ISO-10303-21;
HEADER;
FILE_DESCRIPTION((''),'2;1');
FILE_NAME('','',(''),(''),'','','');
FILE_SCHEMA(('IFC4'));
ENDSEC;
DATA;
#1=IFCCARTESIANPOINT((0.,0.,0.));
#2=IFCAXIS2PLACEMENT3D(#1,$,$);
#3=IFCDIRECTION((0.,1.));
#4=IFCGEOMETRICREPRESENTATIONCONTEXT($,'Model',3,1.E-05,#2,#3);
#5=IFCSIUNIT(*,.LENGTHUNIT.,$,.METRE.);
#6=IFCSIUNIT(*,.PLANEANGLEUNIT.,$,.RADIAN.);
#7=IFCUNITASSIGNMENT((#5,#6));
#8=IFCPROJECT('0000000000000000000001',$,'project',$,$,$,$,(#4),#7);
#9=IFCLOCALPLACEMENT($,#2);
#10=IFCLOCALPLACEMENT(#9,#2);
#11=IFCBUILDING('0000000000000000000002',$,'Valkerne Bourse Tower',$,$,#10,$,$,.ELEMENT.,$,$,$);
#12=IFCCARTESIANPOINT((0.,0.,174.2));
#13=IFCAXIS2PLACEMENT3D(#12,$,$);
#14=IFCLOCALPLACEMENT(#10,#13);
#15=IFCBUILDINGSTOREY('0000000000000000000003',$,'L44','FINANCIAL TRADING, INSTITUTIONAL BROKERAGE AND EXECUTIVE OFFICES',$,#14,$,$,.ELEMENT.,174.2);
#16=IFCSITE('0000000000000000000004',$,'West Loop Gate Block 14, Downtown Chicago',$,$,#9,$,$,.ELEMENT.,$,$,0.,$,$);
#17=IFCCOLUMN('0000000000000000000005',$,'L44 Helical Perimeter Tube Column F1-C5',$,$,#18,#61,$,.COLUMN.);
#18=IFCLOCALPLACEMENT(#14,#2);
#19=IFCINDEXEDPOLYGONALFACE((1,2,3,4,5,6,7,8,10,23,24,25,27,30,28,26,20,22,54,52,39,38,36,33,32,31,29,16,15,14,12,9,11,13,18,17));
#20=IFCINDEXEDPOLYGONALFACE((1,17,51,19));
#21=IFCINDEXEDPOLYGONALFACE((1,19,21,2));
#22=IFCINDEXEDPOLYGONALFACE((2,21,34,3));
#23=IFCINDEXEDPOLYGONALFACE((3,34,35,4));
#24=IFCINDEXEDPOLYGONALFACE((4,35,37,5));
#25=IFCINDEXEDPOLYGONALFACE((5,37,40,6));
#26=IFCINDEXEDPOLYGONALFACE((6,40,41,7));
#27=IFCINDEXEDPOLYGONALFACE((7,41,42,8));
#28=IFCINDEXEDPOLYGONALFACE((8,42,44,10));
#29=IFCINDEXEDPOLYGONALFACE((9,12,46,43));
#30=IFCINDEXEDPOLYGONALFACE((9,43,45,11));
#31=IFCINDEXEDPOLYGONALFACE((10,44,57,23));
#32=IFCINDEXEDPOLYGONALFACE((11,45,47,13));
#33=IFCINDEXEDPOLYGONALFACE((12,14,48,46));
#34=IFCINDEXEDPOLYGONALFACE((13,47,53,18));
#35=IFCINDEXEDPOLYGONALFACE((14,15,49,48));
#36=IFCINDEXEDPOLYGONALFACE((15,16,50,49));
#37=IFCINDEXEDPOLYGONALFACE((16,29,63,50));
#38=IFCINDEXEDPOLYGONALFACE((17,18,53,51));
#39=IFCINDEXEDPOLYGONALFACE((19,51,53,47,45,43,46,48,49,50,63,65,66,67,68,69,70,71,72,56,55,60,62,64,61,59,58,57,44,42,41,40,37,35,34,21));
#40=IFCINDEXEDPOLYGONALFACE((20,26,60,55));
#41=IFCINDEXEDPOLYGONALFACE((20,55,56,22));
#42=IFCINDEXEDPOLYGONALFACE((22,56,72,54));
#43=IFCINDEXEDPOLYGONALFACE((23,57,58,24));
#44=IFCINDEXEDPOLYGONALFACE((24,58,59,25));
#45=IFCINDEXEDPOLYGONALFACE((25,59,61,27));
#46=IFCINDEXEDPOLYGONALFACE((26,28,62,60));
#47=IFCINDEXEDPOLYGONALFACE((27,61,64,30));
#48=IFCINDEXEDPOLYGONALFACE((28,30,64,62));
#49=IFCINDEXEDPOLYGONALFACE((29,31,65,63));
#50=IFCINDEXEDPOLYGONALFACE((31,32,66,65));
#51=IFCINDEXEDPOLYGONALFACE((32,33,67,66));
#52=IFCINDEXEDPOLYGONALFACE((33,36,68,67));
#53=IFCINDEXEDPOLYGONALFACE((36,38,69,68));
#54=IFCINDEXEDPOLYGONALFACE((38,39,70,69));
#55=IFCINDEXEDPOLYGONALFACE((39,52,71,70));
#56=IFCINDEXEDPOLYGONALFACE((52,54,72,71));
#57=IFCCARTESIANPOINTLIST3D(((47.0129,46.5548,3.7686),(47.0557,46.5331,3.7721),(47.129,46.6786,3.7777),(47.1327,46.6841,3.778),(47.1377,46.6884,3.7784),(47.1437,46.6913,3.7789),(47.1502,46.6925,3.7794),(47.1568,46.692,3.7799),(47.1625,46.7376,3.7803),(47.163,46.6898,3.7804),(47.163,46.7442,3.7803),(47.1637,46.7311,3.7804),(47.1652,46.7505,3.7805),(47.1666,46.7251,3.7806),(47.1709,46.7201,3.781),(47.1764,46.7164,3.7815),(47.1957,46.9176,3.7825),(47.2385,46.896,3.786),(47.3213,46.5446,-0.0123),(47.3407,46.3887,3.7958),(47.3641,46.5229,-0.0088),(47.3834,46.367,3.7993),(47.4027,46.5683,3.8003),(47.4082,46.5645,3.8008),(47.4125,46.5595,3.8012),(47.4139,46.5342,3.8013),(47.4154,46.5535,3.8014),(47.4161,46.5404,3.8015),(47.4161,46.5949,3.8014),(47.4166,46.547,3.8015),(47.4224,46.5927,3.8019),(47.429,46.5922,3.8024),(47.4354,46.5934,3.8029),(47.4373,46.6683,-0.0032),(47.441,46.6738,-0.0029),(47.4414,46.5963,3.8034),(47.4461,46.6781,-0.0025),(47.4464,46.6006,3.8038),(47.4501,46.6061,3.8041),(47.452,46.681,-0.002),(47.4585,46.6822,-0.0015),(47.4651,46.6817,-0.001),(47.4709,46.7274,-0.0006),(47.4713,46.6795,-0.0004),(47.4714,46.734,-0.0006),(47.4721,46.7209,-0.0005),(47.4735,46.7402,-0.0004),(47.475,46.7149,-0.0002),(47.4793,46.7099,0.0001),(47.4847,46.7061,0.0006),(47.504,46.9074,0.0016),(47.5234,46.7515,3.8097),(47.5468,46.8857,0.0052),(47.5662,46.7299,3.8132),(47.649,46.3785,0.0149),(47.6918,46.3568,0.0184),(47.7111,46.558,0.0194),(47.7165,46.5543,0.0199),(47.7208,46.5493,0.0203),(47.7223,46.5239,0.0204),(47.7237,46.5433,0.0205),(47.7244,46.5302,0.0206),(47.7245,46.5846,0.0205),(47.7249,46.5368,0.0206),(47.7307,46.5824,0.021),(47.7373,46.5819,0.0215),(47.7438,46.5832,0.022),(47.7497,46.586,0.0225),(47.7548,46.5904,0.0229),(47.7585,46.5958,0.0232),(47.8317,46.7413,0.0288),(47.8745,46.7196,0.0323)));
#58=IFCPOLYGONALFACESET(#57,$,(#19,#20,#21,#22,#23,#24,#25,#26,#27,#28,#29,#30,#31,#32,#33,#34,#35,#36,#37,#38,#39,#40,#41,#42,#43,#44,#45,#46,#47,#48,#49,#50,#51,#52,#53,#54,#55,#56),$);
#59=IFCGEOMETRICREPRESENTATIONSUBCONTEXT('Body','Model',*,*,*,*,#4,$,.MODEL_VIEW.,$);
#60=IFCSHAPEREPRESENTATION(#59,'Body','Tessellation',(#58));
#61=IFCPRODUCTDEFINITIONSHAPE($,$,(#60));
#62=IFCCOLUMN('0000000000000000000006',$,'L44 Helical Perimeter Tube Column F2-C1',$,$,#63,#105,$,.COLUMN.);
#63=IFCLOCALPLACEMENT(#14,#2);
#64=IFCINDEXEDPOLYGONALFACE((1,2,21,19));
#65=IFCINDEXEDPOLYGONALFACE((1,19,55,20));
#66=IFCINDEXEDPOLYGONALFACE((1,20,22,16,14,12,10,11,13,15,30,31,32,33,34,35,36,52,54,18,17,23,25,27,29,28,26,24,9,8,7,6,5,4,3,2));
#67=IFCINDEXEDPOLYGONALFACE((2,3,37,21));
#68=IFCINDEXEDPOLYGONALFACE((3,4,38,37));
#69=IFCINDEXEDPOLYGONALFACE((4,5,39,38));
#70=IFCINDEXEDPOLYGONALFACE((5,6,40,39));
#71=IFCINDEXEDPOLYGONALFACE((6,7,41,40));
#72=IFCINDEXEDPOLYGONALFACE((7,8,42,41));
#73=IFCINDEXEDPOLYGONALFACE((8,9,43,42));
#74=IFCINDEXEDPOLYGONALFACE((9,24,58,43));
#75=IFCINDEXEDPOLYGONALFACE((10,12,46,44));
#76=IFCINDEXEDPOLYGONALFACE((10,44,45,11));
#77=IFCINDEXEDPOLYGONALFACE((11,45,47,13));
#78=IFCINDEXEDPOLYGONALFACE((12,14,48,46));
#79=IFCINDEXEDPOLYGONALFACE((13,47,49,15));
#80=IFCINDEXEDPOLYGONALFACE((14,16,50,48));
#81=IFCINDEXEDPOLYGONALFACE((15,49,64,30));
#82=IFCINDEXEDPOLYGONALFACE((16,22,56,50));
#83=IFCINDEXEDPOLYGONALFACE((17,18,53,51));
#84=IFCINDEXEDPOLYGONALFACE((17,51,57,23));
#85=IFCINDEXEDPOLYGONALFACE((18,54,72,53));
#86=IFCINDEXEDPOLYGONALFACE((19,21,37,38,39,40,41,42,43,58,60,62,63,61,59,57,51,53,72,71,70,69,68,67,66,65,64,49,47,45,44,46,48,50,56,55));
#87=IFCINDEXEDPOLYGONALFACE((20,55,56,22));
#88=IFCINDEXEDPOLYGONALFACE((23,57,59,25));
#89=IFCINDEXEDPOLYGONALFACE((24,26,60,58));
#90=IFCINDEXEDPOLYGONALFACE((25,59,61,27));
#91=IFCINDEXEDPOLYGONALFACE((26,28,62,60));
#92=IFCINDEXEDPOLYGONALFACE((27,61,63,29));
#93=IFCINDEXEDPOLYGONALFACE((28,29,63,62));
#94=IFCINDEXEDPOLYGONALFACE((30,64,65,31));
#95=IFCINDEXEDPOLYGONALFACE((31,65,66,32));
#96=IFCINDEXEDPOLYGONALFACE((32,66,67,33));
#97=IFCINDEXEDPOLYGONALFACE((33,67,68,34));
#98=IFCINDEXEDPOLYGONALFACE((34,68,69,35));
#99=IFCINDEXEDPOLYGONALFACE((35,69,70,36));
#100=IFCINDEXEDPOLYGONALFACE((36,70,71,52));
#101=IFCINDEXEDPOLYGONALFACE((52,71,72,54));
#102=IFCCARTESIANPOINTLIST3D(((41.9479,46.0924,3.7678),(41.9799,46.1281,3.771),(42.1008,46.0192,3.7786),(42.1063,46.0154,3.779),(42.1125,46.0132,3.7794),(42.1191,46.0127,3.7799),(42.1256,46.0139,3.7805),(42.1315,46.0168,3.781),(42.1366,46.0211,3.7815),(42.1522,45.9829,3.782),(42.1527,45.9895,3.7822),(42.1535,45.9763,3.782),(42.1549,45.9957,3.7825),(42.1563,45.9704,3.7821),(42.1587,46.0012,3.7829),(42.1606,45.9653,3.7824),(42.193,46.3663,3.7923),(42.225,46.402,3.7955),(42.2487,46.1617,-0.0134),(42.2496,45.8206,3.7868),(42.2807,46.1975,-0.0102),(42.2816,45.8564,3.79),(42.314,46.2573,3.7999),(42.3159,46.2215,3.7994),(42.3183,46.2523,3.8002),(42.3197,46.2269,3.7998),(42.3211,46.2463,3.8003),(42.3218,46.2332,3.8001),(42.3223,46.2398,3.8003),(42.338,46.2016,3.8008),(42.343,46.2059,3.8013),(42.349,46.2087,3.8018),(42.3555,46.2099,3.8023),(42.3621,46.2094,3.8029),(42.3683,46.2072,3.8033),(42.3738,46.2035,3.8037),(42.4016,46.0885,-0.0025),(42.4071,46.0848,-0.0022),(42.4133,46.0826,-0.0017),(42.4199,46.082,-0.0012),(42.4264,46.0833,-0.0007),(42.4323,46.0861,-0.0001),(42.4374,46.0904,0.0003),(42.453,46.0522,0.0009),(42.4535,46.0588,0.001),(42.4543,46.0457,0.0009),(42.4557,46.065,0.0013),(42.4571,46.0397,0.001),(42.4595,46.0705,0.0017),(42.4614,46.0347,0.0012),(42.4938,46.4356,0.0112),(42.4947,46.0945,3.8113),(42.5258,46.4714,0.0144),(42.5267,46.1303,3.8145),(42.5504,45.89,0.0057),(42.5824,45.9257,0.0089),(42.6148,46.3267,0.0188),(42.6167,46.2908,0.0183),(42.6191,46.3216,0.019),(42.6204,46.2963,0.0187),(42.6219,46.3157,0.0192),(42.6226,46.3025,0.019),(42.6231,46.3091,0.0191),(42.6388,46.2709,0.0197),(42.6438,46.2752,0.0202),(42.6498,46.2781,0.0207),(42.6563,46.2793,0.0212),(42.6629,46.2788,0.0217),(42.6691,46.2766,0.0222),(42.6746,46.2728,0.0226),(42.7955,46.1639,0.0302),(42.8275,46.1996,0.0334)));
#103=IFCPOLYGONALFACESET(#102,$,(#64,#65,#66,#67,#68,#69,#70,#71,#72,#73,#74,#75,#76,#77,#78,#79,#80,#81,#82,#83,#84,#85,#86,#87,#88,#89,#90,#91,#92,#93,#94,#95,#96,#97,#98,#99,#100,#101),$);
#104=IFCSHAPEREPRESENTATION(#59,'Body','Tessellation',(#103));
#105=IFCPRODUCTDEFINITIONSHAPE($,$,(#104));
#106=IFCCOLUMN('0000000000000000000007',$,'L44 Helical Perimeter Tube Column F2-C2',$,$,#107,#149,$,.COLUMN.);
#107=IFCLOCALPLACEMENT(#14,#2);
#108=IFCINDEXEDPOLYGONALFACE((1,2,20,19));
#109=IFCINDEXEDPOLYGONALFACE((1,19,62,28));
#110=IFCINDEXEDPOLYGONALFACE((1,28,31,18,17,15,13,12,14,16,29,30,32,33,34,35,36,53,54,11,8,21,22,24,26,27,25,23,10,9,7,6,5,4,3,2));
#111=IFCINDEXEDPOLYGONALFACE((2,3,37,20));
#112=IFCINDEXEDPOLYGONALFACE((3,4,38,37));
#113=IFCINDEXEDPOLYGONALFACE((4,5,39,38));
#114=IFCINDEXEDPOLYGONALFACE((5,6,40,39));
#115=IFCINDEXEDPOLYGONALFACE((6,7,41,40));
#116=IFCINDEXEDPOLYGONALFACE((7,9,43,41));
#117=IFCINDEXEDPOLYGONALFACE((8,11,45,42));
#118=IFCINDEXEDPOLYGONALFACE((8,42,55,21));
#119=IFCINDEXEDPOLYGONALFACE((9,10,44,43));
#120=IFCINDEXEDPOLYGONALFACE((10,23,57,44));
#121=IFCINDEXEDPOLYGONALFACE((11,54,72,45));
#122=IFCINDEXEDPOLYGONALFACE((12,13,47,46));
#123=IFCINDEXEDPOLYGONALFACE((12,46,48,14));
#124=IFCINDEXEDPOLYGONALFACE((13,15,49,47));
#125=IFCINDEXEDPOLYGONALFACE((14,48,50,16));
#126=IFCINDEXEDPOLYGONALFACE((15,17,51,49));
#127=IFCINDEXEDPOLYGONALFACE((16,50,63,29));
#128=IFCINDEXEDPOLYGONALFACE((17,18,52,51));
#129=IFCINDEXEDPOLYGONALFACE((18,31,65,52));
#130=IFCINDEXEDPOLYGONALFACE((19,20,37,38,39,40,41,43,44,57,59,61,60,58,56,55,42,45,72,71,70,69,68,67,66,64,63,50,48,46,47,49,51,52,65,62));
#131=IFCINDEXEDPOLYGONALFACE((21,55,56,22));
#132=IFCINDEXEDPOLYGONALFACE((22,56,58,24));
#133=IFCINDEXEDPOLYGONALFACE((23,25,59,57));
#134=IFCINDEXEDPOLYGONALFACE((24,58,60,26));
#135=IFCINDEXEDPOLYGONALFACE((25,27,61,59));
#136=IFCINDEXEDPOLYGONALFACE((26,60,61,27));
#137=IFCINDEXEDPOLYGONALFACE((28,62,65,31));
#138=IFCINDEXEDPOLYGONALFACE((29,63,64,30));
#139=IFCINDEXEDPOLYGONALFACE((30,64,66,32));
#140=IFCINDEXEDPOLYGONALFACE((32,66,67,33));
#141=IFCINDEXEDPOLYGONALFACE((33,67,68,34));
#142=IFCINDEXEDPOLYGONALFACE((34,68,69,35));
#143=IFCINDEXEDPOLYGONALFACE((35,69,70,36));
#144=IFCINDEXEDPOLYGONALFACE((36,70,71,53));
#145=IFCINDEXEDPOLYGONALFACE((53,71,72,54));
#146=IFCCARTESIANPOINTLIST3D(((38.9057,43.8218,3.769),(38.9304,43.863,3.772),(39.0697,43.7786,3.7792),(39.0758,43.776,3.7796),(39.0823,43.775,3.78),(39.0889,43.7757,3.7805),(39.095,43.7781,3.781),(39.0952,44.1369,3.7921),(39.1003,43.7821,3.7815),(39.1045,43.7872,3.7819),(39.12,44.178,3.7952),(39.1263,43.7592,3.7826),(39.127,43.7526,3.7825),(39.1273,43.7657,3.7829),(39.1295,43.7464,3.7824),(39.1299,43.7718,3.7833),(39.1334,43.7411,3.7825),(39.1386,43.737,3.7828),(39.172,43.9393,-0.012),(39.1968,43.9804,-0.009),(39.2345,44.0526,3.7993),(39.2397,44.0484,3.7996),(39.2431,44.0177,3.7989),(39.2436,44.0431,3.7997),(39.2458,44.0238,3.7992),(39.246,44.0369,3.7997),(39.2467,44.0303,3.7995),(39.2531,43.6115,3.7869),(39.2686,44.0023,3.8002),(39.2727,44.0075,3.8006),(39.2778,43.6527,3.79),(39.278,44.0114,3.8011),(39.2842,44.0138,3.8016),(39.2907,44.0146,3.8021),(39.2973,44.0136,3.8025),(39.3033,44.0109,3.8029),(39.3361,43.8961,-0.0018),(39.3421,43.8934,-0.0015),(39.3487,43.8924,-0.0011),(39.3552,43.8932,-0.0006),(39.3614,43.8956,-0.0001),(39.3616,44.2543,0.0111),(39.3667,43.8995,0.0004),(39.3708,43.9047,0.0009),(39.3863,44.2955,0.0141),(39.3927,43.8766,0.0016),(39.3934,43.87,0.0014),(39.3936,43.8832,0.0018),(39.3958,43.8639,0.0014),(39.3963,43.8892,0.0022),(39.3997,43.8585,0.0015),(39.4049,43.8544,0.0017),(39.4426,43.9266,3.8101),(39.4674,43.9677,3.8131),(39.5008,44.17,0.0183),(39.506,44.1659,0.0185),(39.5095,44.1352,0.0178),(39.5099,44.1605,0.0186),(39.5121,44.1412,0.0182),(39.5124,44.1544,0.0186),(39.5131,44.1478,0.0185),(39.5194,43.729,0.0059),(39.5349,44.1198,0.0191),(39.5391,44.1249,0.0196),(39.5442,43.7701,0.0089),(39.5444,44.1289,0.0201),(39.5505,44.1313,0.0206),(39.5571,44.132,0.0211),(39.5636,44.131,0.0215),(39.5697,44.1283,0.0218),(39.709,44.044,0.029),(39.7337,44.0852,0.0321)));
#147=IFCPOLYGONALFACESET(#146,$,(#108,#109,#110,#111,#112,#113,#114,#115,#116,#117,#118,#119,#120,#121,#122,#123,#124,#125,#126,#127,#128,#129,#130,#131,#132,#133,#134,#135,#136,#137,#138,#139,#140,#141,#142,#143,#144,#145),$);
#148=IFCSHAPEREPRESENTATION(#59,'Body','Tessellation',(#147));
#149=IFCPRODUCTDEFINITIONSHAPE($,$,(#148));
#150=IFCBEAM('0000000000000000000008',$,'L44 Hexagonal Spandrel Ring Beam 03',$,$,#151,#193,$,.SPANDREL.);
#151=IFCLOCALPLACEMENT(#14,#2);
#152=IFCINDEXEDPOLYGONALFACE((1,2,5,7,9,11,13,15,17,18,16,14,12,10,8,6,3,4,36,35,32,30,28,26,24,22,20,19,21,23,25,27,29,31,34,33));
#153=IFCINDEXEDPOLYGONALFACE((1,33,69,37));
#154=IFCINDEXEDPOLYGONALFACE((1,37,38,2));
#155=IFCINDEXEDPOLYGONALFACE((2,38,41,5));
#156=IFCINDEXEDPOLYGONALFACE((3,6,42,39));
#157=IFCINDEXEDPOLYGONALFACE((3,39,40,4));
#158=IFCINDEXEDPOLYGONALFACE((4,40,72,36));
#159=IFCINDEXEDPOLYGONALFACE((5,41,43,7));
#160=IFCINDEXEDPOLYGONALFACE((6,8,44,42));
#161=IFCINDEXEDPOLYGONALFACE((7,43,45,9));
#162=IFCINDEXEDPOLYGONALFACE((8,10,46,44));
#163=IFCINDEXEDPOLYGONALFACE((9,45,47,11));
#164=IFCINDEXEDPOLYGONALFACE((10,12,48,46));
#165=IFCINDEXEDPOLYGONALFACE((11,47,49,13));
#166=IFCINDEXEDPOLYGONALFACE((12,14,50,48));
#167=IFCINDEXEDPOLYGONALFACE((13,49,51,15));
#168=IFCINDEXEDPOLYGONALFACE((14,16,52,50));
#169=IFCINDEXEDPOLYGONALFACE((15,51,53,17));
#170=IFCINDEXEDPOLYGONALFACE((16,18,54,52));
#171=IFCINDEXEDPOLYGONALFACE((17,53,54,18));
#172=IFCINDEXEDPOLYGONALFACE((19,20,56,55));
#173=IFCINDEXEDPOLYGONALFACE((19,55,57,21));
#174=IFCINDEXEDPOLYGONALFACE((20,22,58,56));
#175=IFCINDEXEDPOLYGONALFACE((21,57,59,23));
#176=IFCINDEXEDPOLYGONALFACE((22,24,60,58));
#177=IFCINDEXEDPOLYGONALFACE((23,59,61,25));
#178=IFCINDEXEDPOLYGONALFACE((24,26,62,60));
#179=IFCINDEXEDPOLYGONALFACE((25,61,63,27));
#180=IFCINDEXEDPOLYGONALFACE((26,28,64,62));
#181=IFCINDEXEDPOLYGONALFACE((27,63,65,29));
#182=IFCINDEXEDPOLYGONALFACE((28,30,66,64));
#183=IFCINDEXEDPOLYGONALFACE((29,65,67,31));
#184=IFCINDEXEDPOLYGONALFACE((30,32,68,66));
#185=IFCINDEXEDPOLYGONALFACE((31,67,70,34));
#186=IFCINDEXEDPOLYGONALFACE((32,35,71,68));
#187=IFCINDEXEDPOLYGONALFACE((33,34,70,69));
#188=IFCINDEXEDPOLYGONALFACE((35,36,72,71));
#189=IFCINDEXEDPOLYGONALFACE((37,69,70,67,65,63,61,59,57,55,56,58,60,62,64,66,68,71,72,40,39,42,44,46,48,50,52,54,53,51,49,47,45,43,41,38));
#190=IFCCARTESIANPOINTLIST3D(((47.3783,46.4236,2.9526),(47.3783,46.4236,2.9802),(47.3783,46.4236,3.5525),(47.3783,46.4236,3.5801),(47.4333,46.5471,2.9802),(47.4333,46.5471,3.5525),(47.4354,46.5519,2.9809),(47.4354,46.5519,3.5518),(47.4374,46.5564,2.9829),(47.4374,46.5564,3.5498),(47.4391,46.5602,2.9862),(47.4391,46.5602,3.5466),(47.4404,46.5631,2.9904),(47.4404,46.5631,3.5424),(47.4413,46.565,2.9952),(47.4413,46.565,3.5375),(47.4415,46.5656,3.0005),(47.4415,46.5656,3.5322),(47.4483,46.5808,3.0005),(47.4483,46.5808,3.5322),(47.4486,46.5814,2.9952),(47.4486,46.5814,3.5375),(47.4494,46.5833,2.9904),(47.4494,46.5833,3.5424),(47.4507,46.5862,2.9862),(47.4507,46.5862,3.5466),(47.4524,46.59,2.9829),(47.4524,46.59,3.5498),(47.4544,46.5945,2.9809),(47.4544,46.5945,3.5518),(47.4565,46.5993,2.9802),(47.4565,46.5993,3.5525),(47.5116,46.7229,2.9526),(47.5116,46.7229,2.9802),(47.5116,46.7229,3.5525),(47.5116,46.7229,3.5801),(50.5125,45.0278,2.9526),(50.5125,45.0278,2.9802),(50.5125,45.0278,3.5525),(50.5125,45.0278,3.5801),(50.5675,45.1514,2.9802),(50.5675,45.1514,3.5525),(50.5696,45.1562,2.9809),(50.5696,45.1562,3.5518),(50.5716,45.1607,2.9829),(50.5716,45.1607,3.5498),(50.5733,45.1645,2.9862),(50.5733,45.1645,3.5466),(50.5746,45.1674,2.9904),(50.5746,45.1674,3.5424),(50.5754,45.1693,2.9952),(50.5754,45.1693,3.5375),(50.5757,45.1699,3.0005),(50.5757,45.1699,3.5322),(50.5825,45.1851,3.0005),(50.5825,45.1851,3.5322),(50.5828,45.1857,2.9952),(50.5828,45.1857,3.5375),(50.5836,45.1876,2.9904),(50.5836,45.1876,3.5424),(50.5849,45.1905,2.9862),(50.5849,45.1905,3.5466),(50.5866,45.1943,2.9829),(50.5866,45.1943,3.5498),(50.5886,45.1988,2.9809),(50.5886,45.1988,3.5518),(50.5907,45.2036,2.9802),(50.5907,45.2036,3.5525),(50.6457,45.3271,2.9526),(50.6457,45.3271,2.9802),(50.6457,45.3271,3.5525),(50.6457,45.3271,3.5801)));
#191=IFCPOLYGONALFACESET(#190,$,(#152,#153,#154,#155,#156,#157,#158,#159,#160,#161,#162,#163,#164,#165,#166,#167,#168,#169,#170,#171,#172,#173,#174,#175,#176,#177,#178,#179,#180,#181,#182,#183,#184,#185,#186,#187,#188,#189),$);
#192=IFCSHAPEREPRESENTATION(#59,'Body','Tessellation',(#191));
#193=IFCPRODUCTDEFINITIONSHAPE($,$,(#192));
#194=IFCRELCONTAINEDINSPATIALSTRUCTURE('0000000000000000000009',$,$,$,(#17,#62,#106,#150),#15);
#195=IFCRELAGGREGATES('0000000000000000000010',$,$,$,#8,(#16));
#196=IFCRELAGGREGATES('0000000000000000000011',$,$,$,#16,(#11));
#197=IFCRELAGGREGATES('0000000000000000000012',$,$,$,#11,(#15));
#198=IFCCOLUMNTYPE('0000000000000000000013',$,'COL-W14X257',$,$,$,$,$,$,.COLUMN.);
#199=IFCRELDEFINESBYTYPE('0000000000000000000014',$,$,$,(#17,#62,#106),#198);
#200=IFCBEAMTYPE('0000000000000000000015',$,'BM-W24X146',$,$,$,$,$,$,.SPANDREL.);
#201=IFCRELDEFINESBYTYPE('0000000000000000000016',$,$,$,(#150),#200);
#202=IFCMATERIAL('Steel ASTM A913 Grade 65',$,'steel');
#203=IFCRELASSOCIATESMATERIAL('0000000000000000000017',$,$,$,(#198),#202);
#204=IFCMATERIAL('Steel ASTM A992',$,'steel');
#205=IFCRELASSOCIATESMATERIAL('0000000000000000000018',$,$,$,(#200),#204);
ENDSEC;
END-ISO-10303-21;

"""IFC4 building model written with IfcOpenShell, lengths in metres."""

from ifc_helpers import new_model, si_unit, direction, frame, origin, origin_2d, place, context, subcontext, project, spatial, i_section, extrude, material, material_profile, profile_set, type_object, element, save


model = new_model("IFC4")

# Units and contexts
model_context = context("Model", 3, precision=1e-05, world=origin(), true_north=direction((0.0, 1.0)))
body_context = subcontext(model_context, "Body", "Model", "MODEL_VIEW")
ifc_project = project(units=[si_unit("LENGTHUNIT", "METRE"), si_unit("PLANEANGLEUNIT", "RADIAN")], contexts=[model_context])

# Site, building, storey
site_placement = place(None, origin())
site = spatial("IfcSite", under=ifc_project, at=site_placement, Name="West Loop Gate Block 14, Downtown Chicago", CompositionType="ELEMENT", RefElevation=0.0)
building_placement = place(site_placement, origin())
building = spatial("IfcBuilding", under=site, at=building_placement, Name="Valkerne Bourse Tower", CompositionType="ELEMENT")
storey_placement = place(building_placement, frame((0.0, 0.0, 174.2)))
storey = spatial("IfcBuildingStorey", under=building, at=storey_placement, Name="L44", Description="FINANCIAL TRADING, INSTITUTIONAL BROKERAGE AND EXECUTIVE OFFICES", CompositionType="ELEMENT", Elevation=174.2)

# Columns
ifc_material_1 = material(Name="Steel ASTM A913 Grade 65", Category="steel")
ifc_material_profile_1 = material_profile(ifc_material_1, i_section(OverallWidth=0.4065, OverallDepth=0.4165, WebThickness=0.0298, FlangeThickness=0.0481, FilletRadius=0.0254, at=origin_2d()), Name="W14X257")
ifc_profile_set_1 = profile_set([ifc_material_profile_1], Name="Steel ASTM A913 Grade 65")
column_type = type_object("IfcColumnType", Name="COL-W14X257", PredefinedType="COLUMN", material=ifc_profile_set_1)
column_1_placement = place(storey_placement, frame((47.5979, 46.6321, 0.01), z_axis=(-0.081282, 0.002703, 0.996687), x_axis=(0.449556, 0.892596, 0.034242)))
element("IfcColumn", 1, at=column_1_placement, inside=storey, type_object=column_type, Name="L44 Helical Perimeter Tube Column F1-C5", PredefinedType="COLUMN", context=body_context, shape_type="SweptSolid", body=[
    extrude(i_section(OverallWidth=0.4065, OverallDepth=0.4165, WebThickness=0.0298, FlangeThickness=0.0481, FilletRadius=0.0254, at=origin_2d()), origin(), (0.0, 0.0, 1.0), 3.7935),
])
column_2_placement = place(storey_placement, frame((42.5381, 46.1807, 0.01), z_axis=(-0.079287, -0.018277, 0.996684), x_axis=(-0.742233, 0.668507, -0.046786)))
element("IfcColumn", 2, at=column_2_placement, inside=storey, type_object=column_type, Name="L44 Helical Perimeter Tube Column F2-C1", PredefinedType="COLUMN", context=body_context, shape_type="SweptSolid", body=[
    extrude(i_section(OverallWidth=0.4065, OverallDepth=0.4165, WebThickness=0.0298, FlangeThickness=0.0481, FilletRadius=0.0254, at=origin_2d()), origin(), (0.0, 0.0, 1.0), 3.7937),
])
column_3_placement = place(storey_placement, frame((39.4529, 44.0122, 0.01), z_axis=(-0.070238, -0.030967, 0.997049), x_axis=(-0.85464, 0.517341, -0.044138)))
element("IfcColumn", 3, at=column_3_placement, inside=storey, type_object=column_type, Name="L44 Helical Perimeter Tube Column F2-C2", PredefinedType="COLUMN", context=body_context, shape_type="SweptSolid", body=[
    extrude(i_section(OverallWidth=0.4065, OverallDepth=0.4165, WebThickness=0.0298, FlangeThickness=0.0481, FilletRadius=0.0254, at=origin_2d()), origin(), (0.0, 0.0, 1.0), 3.7922),
])

# Beam
ifc_material_2 = material(Name="Steel ASTM A992", Category="steel")
ifc_material_profile_2 = material_profile(ifc_material_2, i_section(OverallWidth=0.3276, OverallDepth=0.6274, WebThickness=0.0166, FlangeThickness=0.0276, FilletRadius=0.0203, at=origin_2d()), Name="W24X146")
ifc_profile_set_2 = profile_set([ifc_material_profile_2], Name="Steel ASTM A992")
beam_type_1 = type_object("IfcBeamType", Name="BM-W24X146", PredefinedType="SPANDREL", material=ifc_profile_set_2)
beam_1_placement = place(storey_placement, frame((50.5791, 45.1775, 3.2664), z_axis=(-0.913515, 0.406805, 0.0), x_axis=(-0.406805, -0.913515, 0.0)))
element("IfcBeam", 4, at=beam_1_placement, inside=storey, type_object=beam_type_1, Name="L44 Hexagonal Spandrel Ring Beam 03", PredefinedType="SPANDREL", context=body_context, shape_type="SweptSolid", body=[
    extrude(i_section(OverallWidth=0.3276, OverallDepth=0.6274, WebThickness=0.0166, FlangeThickness=0.0276, FilletRadius=0.0203, at=origin_2d()), origin(), (0.0, 0.0, 1.0), 3.4309),
])

save(model, "model.ifc")
